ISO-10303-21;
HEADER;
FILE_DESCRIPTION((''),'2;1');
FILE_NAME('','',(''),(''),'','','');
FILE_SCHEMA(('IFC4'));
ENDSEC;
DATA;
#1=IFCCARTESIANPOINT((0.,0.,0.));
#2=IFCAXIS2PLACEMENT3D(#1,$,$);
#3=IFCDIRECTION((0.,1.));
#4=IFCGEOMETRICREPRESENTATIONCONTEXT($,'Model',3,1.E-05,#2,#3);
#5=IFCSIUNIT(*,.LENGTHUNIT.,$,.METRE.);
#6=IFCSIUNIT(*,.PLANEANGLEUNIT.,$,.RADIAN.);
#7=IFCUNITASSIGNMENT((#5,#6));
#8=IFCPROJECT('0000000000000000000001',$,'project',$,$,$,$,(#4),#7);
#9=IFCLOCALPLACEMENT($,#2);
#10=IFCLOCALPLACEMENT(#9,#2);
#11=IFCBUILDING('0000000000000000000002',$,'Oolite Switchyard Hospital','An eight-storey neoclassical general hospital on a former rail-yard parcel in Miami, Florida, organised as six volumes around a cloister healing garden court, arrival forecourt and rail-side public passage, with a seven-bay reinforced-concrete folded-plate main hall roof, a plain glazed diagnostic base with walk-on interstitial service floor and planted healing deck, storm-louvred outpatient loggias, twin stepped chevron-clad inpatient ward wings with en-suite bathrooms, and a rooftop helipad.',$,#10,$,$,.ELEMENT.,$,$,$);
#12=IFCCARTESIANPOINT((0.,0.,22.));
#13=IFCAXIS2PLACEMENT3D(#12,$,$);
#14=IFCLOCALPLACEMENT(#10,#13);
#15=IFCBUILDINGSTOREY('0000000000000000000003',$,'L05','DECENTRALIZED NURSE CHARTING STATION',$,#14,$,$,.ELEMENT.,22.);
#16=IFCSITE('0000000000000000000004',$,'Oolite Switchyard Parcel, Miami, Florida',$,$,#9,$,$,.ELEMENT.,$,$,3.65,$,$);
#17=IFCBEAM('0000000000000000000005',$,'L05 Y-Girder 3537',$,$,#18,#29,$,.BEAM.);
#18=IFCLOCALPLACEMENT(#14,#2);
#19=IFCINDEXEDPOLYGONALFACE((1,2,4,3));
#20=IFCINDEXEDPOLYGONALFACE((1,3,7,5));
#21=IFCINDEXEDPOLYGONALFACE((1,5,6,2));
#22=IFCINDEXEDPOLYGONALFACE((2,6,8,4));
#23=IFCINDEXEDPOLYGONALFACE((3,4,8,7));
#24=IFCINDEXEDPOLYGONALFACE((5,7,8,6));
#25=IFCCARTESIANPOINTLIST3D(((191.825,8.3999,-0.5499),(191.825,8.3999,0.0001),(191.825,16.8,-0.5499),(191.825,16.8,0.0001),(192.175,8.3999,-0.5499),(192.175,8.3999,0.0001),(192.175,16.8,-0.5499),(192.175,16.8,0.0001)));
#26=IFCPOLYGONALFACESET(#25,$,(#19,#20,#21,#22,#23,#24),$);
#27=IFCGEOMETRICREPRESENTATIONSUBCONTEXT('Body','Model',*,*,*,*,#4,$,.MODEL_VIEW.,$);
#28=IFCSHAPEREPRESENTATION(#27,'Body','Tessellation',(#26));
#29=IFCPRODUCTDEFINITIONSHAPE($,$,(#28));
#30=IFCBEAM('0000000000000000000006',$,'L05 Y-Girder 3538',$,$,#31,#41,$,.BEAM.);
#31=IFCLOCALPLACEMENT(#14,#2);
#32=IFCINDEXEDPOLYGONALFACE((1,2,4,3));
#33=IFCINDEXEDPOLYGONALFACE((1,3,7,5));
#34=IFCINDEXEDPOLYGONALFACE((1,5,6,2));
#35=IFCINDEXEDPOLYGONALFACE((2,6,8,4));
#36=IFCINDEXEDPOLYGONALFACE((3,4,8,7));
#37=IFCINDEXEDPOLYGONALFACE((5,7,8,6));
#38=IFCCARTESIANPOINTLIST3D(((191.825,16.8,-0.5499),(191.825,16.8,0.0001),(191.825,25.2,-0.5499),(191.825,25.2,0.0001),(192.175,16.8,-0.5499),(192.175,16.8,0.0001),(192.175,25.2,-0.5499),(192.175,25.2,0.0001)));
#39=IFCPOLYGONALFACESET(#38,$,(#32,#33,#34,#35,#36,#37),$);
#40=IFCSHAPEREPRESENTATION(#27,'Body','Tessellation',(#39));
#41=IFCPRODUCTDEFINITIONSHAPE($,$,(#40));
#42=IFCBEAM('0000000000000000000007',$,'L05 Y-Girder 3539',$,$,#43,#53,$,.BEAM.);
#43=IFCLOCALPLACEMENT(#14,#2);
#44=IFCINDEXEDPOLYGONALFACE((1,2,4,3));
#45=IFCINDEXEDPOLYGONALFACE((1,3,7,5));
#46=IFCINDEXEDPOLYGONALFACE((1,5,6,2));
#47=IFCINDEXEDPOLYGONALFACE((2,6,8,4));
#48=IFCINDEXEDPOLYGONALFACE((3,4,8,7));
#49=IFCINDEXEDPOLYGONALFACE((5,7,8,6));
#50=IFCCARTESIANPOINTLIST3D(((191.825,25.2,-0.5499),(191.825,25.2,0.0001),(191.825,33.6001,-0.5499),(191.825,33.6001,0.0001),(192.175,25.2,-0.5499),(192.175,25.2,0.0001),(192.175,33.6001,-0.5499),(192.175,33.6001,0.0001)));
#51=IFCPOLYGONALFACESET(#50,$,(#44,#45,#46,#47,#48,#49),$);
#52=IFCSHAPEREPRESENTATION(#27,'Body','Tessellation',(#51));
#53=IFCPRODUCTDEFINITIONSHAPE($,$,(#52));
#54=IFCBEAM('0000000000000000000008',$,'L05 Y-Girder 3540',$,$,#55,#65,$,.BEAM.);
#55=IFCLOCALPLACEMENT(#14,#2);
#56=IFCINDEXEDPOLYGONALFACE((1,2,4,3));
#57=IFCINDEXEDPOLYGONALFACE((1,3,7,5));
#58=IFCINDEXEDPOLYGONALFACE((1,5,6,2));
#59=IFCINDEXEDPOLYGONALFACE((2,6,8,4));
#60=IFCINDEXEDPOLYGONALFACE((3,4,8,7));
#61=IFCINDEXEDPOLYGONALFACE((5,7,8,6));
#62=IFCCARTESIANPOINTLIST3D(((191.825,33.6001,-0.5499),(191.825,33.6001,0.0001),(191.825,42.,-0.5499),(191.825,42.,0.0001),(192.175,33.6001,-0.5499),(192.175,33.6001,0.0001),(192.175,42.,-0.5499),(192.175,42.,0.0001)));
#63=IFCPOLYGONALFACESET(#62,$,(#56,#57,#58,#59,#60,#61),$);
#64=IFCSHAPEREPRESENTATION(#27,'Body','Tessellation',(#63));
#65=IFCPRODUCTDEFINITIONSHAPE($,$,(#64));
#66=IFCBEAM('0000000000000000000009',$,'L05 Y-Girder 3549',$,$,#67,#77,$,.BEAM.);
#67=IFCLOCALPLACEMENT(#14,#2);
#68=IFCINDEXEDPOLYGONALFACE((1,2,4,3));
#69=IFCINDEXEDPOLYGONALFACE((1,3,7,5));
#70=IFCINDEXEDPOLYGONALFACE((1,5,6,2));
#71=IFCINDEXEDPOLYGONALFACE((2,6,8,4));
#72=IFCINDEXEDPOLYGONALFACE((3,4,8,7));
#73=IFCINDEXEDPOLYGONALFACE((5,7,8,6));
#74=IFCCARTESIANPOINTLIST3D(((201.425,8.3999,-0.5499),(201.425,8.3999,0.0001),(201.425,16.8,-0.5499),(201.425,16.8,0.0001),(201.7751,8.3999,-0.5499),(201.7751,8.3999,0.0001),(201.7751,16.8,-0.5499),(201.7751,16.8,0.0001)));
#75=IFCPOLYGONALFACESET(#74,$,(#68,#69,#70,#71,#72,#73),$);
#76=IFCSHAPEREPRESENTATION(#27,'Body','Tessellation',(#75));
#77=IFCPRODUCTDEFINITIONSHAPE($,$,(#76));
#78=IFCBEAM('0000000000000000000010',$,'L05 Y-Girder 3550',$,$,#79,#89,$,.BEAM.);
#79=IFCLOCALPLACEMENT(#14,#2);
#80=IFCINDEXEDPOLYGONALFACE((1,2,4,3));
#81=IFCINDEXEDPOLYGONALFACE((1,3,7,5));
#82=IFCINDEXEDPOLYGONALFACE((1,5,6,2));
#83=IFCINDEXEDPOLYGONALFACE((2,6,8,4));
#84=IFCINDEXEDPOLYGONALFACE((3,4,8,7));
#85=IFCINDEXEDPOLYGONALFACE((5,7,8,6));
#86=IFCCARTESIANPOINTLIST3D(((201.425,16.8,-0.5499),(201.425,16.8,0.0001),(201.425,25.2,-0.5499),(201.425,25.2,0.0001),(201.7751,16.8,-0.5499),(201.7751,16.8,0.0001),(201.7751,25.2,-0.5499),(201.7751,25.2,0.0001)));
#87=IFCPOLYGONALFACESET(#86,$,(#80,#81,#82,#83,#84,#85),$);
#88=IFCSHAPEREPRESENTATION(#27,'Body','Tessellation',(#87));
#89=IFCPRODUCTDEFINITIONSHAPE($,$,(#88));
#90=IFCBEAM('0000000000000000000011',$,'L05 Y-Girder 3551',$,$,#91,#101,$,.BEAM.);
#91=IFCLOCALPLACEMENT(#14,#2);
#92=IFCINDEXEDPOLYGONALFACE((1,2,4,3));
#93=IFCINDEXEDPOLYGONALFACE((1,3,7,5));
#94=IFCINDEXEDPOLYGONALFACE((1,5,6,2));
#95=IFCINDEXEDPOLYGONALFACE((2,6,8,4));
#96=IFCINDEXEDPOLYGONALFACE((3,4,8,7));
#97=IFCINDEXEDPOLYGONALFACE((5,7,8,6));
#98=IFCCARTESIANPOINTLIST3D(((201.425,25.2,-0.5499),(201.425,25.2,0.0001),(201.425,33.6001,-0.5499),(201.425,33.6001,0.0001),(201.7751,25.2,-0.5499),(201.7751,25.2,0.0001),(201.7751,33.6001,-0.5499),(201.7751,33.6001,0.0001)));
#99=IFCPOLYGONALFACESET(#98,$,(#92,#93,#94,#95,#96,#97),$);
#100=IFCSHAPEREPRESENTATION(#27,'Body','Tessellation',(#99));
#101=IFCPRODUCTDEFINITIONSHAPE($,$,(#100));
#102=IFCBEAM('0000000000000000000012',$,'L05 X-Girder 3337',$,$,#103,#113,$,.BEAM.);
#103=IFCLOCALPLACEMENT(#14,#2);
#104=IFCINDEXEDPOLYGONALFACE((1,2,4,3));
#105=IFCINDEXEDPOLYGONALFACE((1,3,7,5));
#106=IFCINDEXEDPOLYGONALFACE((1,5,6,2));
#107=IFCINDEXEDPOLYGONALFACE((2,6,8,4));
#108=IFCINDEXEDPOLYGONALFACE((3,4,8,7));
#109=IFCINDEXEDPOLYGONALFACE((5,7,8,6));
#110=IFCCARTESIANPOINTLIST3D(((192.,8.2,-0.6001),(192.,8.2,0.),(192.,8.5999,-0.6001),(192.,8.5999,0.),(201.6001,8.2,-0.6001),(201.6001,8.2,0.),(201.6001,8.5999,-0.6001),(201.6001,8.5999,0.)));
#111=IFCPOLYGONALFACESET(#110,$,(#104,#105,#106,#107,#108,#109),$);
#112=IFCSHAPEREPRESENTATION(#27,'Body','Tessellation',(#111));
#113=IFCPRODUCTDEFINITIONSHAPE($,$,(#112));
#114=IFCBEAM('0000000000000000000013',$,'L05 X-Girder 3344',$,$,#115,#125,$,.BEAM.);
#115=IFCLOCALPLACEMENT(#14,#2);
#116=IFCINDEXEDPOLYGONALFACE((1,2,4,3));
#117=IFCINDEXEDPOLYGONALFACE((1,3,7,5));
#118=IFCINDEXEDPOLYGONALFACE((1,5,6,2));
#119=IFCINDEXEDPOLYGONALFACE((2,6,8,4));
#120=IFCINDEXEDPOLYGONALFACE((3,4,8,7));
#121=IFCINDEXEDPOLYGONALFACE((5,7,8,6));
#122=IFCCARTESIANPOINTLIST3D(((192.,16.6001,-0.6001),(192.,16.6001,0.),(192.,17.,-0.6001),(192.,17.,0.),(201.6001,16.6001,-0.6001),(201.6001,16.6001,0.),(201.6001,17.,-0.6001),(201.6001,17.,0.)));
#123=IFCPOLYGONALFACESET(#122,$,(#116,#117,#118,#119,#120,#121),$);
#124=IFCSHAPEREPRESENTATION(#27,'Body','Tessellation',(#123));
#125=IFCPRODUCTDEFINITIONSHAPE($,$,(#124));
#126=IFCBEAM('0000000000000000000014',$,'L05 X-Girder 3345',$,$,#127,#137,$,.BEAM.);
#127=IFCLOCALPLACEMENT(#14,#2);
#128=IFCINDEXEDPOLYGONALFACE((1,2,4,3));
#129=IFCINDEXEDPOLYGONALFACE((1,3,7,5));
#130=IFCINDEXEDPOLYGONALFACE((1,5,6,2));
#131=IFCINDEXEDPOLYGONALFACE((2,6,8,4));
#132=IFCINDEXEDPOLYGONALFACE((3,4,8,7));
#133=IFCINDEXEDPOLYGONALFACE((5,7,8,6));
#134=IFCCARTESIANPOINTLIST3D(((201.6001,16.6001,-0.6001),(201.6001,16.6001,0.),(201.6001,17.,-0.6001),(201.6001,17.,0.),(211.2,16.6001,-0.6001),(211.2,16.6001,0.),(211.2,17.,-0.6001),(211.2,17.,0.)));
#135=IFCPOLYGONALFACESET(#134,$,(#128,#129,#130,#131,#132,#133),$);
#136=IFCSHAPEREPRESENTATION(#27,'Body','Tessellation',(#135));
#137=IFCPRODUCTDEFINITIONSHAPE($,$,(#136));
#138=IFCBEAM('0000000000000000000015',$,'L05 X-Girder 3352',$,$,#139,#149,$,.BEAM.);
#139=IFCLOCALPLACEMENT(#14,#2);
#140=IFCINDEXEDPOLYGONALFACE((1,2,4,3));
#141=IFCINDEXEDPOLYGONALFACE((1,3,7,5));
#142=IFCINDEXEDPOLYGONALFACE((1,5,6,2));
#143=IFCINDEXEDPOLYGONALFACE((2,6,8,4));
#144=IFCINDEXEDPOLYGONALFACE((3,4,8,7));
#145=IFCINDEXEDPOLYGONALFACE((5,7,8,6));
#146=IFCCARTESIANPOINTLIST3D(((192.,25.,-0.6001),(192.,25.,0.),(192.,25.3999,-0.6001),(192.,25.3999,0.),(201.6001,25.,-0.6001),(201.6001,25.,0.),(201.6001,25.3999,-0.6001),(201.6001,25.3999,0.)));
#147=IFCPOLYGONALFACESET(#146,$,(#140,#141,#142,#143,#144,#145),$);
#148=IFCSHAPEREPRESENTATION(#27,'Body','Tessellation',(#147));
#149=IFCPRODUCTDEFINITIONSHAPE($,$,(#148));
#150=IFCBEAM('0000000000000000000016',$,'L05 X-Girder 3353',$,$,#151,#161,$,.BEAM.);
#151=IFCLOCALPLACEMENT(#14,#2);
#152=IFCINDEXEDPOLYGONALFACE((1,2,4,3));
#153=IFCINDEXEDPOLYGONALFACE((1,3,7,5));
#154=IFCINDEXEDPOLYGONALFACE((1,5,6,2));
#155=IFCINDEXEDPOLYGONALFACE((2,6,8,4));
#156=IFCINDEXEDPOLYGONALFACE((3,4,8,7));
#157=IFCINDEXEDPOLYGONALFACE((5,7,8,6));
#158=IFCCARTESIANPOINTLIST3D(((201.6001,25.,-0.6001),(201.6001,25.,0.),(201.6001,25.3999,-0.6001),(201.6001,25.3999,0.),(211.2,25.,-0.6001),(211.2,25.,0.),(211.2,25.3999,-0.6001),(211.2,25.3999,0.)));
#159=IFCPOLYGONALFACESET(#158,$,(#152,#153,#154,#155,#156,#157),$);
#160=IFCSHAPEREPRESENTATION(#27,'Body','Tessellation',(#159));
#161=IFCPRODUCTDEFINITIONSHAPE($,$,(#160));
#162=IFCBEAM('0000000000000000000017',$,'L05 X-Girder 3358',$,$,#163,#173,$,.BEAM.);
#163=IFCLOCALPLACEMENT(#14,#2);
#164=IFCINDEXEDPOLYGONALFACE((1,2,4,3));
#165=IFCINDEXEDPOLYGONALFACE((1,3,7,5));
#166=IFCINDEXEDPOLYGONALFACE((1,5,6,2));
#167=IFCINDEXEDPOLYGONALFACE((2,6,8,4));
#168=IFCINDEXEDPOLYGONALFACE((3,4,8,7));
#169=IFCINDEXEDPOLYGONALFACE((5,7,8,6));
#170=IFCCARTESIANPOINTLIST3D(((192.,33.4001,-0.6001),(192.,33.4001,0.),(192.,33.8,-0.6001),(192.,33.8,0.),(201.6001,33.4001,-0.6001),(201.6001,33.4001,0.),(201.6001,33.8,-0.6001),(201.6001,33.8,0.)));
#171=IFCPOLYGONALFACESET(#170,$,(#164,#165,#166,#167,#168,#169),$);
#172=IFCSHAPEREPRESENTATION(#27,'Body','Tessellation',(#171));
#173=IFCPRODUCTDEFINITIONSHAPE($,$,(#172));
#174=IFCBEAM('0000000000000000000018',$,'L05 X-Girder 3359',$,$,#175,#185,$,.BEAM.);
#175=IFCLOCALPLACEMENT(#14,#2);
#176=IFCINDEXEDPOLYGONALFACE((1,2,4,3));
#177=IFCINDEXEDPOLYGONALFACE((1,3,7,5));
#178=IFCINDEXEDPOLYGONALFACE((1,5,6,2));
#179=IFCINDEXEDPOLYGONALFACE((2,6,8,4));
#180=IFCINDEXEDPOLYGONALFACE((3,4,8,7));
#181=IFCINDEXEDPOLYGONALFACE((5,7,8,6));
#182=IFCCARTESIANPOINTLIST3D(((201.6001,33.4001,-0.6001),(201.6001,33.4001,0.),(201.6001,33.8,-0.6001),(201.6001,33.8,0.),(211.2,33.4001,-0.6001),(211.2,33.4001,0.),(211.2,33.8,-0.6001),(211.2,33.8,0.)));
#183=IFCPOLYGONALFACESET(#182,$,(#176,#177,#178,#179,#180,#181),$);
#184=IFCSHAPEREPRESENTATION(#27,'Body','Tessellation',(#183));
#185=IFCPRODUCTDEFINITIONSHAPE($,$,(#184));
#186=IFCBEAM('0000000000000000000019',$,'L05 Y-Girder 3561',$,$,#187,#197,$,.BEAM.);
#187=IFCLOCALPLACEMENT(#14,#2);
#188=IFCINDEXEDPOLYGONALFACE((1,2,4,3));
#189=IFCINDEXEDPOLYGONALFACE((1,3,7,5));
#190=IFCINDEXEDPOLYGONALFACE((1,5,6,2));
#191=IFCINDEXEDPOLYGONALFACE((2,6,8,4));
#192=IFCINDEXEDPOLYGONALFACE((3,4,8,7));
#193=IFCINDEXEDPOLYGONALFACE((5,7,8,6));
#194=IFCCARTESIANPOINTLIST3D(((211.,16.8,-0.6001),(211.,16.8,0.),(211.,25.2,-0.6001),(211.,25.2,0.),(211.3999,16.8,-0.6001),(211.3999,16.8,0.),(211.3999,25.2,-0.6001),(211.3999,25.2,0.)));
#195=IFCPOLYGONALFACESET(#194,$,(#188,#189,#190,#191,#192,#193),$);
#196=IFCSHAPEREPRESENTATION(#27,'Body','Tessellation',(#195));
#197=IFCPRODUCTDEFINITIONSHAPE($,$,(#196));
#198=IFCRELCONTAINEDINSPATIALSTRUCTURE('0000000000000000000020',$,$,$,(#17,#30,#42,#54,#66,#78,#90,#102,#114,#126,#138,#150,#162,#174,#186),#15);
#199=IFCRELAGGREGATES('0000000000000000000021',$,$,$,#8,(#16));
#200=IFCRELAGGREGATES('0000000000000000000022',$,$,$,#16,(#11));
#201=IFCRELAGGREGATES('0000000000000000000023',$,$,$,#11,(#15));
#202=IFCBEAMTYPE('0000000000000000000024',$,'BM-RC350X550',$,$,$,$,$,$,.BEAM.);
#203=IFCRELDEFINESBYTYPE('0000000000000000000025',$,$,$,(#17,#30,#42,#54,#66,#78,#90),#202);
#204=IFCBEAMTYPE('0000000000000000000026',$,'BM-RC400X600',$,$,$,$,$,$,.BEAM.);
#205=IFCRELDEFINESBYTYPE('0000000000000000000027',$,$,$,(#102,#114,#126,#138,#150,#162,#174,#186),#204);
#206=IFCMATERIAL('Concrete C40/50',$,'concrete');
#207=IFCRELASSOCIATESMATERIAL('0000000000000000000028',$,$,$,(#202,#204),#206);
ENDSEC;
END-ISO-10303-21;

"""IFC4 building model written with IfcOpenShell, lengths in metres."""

from ifc_helpers import new_model, si_unit, direction, frame, origin, origin_2d, place, context, subcontext, project, spatial, rectangle, extrude, material, material_profile, profile_set, type_object, element, save


model = new_model("IFC4")

# Units and contexts
model_context = context("Model", 3, precision=1e-05, world=origin(), true_north=direction((0.0, 1.0)))
body_context = subcontext(model_context, "Body", "Model", "MODEL_VIEW")
ifc_project = project(units=[si_unit("LENGTHUNIT", "METRE"), si_unit("PLANEANGLEUNIT", "RADIAN")], contexts=[model_context])

# Site, building, storey
site_placement = place(None, origin())
site = spatial("IfcSite", under=ifc_project, at=site_placement, Name="Oolite Switchyard Parcel, Miami, Florida", CompositionType="ELEMENT", RefElevation=3.65)
building_placement = place(site_placement, origin())
building = spatial("IfcBuilding", under=site, at=building_placement, Name="Oolite Switchyard Hospital", Description="An eight-storey neoclassical general hospital on a former rail-yard parcel in Miami, Florida, organised as six volumes around a cloister healing garden court, arrival forecourt and rail-side public passage, with a seven-bay reinforced-concrete folded-plate main hall roof, a plain glazed diagnostic base with walk-on interstitial service floor and planted healing deck, storm-louvred outpatient loggias, twin stepped chevron-clad inpatient ward wings with en-suite bathrooms, and a rooftop helipad.", CompositionType="ELEMENT")
storey_placement = place(building_placement, frame((0.0, 0.0, 22.0)))
storey = spatial("IfcBuildingStorey", under=building, at=storey_placement, Name="L05", Description="DECENTRALIZED NURSE CHARTING STATION", CompositionType="ELEMENT", Elevation=22.0)

# Beams
ifc_material_1 = material(Name="Concrete C40/50", Category="concrete")
ifc_material_profile_1 = material_profile(ifc_material_1, rectangle(XDim=0.3501, YDim=0.55, at=origin_2d()), Name="RCB350X550")
ifc_profile_set_1 = profile_set([ifc_material_profile_1], Name="Concrete C40/50")
beam_type_1 = type_object("IfcBeamType", Name="BM-RC350X550", PredefinedType="BEAM", material=ifc_profile_set_1)
beam_1_placement = place(storey_placement, frame((192.0, 8.3999, -0.2749), z_axis=(0.0, 1.0, 0.0), x_axis=(-1.0, 0.0, 0.0)))
element("IfcBeam", 1, at=beam_1_placement, inside=storey, type_object=beam_type_1, Name="L05 Y-Girder 3537", PredefinedType="BEAM", context=body_context, shape_type="SweptSolid", body=[
    extrude(rectangle(XDim=0.3501, YDim=0.55, at=origin_2d()), origin(), (0.0, 0.0, 1.0), 8.4001),
])
beam_2_placement = place(storey_placement, frame((192.0, 16.8, -0.2749), z_axis=(0.0, 1.0, 0.0), x_axis=(-1.0, 0.0, 0.0)))
element("IfcBeam", 2, at=beam_2_placement, inside=storey, type_object=beam_type_1, Name="L05 Y-Girder 3538", PredefinedType="BEAM", context=body_context, shape_type="SweptSolid", body=[
    extrude(rectangle(XDim=0.3501, YDim=0.55, at=origin_2d()), origin(), (0.0, 0.0, 1.0), 8.3999),
])
beam_3_placement = place(storey_placement, frame((192.0, 25.2, -0.2749), z_axis=(0.0, 1.0, 0.0), x_axis=(-1.0, 0.0, 0.0)))
element("IfcBeam", 3, at=beam_3_placement, inside=storey, type_object=beam_type_1, Name="L05 Y-Girder 3539", PredefinedType="BEAM", context=body_context, shape_type="SweptSolid", body=[
    extrude(rectangle(XDim=0.3501, YDim=0.55, at=origin_2d()), origin(), (0.0, 0.0, 1.0), 8.4001),
])
beam_4_placement = place(storey_placement, frame((192.0, 33.6001, -0.2749), z_axis=(0.0, 1.0, 0.0), x_axis=(-1.0, 0.0, 0.0)))
element("IfcBeam", 4, at=beam_4_placement, inside=storey, type_object=beam_type_1, Name="L05 Y-Girder 3540", PredefinedType="BEAM", context=body_context, shape_type="SweptSolid", body=[
    extrude(rectangle(XDim=0.3501, YDim=0.55, at=origin_2d()), origin(), (0.0, 0.0, 1.0), 8.3999),
])
beam_5_placement = place(storey_placement, frame((201.6001, 8.3999, -0.2749), z_axis=(0.0, 1.0, 0.0), x_axis=(-1.0, 0.0, 0.0)))
element("IfcBeam", 5, at=beam_5_placement, inside=storey, type_object=beam_type_1, Name="L05 Y-Girder 3549", PredefinedType="BEAM", context=body_context, shape_type="SweptSolid", body=[
    extrude(rectangle(XDim=0.3501, YDim=0.55, at=origin_2d()), origin(), (0.0, 0.0, 1.0), 8.4001),
])
beam_6_placement = place(storey_placement, frame((201.6001, 16.8, -0.2749), z_axis=(0.0, 1.0, 0.0), x_axis=(-1.0, 0.0, 0.0)))
element("IfcBeam", 6, at=beam_6_placement, inside=storey, type_object=beam_type_1, Name="L05 Y-Girder 3550", PredefinedType="BEAM", context=body_context, shape_type="SweptSolid", body=[
    extrude(rectangle(XDim=0.3501, YDim=0.55, at=origin_2d()), origin(), (0.0, 0.0, 1.0), 8.3999),
])
beam_7_placement = place(storey_placement, frame((201.6001, 25.2, -0.2749), z_axis=(0.0, 1.0, 0.0), x_axis=(-1.0, 0.0, 0.0)))
element("IfcBeam", 7, at=beam_7_placement, inside=storey, type_object=beam_type_1, Name="L05 Y-Girder 3551", PredefinedType="BEAM", context=body_context, shape_type="SweptSolid", body=[
    extrude(rectangle(XDim=0.3501, YDim=0.55, at=origin_2d()), origin(), (0.0, 0.0, 1.0), 8.4001),
])
ifc_material_profile_2 = material_profile(ifc_material_1, rectangle(XDim=0.3999, YDim=0.6001, at=origin_2d()), Name="RCB400X600")
ifc_profile_set_2 = profile_set([ifc_material_profile_2], Name="Concrete C40/50")
beam_type_2 = type_object("IfcBeamType", Name="BM-RC400X600", PredefinedType="BEAM", material=ifc_profile_set_2)
for number, where, z_axis, x_axis, name in (
    (8, (192.0, 8.3999, -0.3), (1.0, 0.0, 0.0), (0.0, 1.0, 0.0), "L05 X-Girder 3337"),
    (9, (192.0, 16.8, -0.3), (1.0, 0.0, 0.0), (0.0, 1.0, 0.0), "L05 X-Girder 3344"),
):
    element("IfcBeam", number, at=place(storey_placement, frame(where, z_axis=z_axis, x_axis=x_axis)), inside=storey, type_object=beam_type_2, Name=name, PredefinedType="BEAM", context=body_context, shape_type="SweptSolid", body=[
        extrude(rectangle(XDim=0.3999, YDim=0.6001, at=origin_2d()), origin(), (0.0, 0.0, 1.0), 9.6001),
    ])
beam_8_placement = place(storey_placement, frame((201.6001, 16.8, -0.3), z_axis=(1.0, 0.0, 0.0), x_axis=(0.0, 1.0, 0.0)))
element("IfcBeam", 10, at=beam_8_placement, inside=storey, type_object=beam_type_2, Name="L05 X-Girder 3345", PredefinedType="BEAM", context=body_context, shape_type="SweptSolid", body=[
    extrude(rectangle(XDim=0.3999, YDim=0.6001, at=origin_2d()), origin(), (0.0, 0.0, 1.0), 9.5999),
])
beam_9_placement = place(storey_placement, frame((192.0, 25.2, -0.3), z_axis=(1.0, 0.0, 0.0), x_axis=(0.0, 1.0, 0.0)))
element("IfcBeam", 11, at=beam_9_placement, inside=storey, type_object=beam_type_2, Name="L05 X-Girder 3352", PredefinedType="BEAM", context=body_context, shape_type="SweptSolid", body=[
    extrude(rectangle(XDim=0.3999, YDim=0.6001, at=origin_2d()), origin(), (0.0, 0.0, 1.0), 9.6001),
])
beam_10_placement = place(storey_placement, frame((201.6001, 25.2, -0.3), z_axis=(1.0, 0.0, 0.0), x_axis=(0.0, 1.0, 0.0)))
element("IfcBeam", 12, at=beam_10_placement, inside=storey, type_object=beam_type_2, Name="L05 X-Girder 3353", PredefinedType="BEAM", context=body_context, shape_type="SweptSolid", body=[
    extrude(rectangle(XDim=0.3999, YDim=0.6001, at=origin_2d()), origin(), (0.0, 0.0, 1.0), 9.5999),
])
beam_11_placement = place(storey_placement, frame((192.0, 33.6001, -0.3), z_axis=(1.0, 0.0, 0.0), x_axis=(0.0, 1.0, 0.0)))
element("IfcBeam", 13, at=beam_11_placement, inside=storey, type_object=beam_type_2, Name="L05 X-Girder 3358", PredefinedType="BEAM", context=body_context, shape_type="SweptSolid", body=[
    extrude(rectangle(XDim=0.3999, YDim=0.6001, at=origin_2d()), origin(), (0.0, 0.0, 1.0), 9.6001),
])
beam_12_placement = place(storey_placement, frame((201.6001, 33.6001, -0.3), z_axis=(1.0, 0.0, 0.0), x_axis=(0.0, 1.0, 0.0)))
element("IfcBeam", 14, at=beam_12_placement, inside=storey, type_object=beam_type_2, Name="L05 X-Girder 3359", PredefinedType="BEAM", context=body_context, shape_type="SweptSolid", body=[
    extrude(rectangle(XDim=0.3999, YDim=0.6001, at=origin_2d()), origin(), (0.0, 0.0, 1.0), 9.5999),
])
beam_13_placement = place(storey_placement, frame((211.2, 16.8, -0.3), z_axis=(0.0, 1.0, 0.0), x_axis=(-1.0, 0.0, 0.0)))
element("IfcBeam", 15, at=beam_13_placement, inside=storey, type_object=beam_type_2, Name="L05 Y-Girder 3561", PredefinedType="BEAM", context=body_context, shape_type="SweptSolid", body=[
    extrude(rectangle(XDim=0.3999, YDim=0.6001, at=origin_2d()), origin(), (0.0, 0.0, 1.0), 8.3999),
])

save(model, "model.ifc")
